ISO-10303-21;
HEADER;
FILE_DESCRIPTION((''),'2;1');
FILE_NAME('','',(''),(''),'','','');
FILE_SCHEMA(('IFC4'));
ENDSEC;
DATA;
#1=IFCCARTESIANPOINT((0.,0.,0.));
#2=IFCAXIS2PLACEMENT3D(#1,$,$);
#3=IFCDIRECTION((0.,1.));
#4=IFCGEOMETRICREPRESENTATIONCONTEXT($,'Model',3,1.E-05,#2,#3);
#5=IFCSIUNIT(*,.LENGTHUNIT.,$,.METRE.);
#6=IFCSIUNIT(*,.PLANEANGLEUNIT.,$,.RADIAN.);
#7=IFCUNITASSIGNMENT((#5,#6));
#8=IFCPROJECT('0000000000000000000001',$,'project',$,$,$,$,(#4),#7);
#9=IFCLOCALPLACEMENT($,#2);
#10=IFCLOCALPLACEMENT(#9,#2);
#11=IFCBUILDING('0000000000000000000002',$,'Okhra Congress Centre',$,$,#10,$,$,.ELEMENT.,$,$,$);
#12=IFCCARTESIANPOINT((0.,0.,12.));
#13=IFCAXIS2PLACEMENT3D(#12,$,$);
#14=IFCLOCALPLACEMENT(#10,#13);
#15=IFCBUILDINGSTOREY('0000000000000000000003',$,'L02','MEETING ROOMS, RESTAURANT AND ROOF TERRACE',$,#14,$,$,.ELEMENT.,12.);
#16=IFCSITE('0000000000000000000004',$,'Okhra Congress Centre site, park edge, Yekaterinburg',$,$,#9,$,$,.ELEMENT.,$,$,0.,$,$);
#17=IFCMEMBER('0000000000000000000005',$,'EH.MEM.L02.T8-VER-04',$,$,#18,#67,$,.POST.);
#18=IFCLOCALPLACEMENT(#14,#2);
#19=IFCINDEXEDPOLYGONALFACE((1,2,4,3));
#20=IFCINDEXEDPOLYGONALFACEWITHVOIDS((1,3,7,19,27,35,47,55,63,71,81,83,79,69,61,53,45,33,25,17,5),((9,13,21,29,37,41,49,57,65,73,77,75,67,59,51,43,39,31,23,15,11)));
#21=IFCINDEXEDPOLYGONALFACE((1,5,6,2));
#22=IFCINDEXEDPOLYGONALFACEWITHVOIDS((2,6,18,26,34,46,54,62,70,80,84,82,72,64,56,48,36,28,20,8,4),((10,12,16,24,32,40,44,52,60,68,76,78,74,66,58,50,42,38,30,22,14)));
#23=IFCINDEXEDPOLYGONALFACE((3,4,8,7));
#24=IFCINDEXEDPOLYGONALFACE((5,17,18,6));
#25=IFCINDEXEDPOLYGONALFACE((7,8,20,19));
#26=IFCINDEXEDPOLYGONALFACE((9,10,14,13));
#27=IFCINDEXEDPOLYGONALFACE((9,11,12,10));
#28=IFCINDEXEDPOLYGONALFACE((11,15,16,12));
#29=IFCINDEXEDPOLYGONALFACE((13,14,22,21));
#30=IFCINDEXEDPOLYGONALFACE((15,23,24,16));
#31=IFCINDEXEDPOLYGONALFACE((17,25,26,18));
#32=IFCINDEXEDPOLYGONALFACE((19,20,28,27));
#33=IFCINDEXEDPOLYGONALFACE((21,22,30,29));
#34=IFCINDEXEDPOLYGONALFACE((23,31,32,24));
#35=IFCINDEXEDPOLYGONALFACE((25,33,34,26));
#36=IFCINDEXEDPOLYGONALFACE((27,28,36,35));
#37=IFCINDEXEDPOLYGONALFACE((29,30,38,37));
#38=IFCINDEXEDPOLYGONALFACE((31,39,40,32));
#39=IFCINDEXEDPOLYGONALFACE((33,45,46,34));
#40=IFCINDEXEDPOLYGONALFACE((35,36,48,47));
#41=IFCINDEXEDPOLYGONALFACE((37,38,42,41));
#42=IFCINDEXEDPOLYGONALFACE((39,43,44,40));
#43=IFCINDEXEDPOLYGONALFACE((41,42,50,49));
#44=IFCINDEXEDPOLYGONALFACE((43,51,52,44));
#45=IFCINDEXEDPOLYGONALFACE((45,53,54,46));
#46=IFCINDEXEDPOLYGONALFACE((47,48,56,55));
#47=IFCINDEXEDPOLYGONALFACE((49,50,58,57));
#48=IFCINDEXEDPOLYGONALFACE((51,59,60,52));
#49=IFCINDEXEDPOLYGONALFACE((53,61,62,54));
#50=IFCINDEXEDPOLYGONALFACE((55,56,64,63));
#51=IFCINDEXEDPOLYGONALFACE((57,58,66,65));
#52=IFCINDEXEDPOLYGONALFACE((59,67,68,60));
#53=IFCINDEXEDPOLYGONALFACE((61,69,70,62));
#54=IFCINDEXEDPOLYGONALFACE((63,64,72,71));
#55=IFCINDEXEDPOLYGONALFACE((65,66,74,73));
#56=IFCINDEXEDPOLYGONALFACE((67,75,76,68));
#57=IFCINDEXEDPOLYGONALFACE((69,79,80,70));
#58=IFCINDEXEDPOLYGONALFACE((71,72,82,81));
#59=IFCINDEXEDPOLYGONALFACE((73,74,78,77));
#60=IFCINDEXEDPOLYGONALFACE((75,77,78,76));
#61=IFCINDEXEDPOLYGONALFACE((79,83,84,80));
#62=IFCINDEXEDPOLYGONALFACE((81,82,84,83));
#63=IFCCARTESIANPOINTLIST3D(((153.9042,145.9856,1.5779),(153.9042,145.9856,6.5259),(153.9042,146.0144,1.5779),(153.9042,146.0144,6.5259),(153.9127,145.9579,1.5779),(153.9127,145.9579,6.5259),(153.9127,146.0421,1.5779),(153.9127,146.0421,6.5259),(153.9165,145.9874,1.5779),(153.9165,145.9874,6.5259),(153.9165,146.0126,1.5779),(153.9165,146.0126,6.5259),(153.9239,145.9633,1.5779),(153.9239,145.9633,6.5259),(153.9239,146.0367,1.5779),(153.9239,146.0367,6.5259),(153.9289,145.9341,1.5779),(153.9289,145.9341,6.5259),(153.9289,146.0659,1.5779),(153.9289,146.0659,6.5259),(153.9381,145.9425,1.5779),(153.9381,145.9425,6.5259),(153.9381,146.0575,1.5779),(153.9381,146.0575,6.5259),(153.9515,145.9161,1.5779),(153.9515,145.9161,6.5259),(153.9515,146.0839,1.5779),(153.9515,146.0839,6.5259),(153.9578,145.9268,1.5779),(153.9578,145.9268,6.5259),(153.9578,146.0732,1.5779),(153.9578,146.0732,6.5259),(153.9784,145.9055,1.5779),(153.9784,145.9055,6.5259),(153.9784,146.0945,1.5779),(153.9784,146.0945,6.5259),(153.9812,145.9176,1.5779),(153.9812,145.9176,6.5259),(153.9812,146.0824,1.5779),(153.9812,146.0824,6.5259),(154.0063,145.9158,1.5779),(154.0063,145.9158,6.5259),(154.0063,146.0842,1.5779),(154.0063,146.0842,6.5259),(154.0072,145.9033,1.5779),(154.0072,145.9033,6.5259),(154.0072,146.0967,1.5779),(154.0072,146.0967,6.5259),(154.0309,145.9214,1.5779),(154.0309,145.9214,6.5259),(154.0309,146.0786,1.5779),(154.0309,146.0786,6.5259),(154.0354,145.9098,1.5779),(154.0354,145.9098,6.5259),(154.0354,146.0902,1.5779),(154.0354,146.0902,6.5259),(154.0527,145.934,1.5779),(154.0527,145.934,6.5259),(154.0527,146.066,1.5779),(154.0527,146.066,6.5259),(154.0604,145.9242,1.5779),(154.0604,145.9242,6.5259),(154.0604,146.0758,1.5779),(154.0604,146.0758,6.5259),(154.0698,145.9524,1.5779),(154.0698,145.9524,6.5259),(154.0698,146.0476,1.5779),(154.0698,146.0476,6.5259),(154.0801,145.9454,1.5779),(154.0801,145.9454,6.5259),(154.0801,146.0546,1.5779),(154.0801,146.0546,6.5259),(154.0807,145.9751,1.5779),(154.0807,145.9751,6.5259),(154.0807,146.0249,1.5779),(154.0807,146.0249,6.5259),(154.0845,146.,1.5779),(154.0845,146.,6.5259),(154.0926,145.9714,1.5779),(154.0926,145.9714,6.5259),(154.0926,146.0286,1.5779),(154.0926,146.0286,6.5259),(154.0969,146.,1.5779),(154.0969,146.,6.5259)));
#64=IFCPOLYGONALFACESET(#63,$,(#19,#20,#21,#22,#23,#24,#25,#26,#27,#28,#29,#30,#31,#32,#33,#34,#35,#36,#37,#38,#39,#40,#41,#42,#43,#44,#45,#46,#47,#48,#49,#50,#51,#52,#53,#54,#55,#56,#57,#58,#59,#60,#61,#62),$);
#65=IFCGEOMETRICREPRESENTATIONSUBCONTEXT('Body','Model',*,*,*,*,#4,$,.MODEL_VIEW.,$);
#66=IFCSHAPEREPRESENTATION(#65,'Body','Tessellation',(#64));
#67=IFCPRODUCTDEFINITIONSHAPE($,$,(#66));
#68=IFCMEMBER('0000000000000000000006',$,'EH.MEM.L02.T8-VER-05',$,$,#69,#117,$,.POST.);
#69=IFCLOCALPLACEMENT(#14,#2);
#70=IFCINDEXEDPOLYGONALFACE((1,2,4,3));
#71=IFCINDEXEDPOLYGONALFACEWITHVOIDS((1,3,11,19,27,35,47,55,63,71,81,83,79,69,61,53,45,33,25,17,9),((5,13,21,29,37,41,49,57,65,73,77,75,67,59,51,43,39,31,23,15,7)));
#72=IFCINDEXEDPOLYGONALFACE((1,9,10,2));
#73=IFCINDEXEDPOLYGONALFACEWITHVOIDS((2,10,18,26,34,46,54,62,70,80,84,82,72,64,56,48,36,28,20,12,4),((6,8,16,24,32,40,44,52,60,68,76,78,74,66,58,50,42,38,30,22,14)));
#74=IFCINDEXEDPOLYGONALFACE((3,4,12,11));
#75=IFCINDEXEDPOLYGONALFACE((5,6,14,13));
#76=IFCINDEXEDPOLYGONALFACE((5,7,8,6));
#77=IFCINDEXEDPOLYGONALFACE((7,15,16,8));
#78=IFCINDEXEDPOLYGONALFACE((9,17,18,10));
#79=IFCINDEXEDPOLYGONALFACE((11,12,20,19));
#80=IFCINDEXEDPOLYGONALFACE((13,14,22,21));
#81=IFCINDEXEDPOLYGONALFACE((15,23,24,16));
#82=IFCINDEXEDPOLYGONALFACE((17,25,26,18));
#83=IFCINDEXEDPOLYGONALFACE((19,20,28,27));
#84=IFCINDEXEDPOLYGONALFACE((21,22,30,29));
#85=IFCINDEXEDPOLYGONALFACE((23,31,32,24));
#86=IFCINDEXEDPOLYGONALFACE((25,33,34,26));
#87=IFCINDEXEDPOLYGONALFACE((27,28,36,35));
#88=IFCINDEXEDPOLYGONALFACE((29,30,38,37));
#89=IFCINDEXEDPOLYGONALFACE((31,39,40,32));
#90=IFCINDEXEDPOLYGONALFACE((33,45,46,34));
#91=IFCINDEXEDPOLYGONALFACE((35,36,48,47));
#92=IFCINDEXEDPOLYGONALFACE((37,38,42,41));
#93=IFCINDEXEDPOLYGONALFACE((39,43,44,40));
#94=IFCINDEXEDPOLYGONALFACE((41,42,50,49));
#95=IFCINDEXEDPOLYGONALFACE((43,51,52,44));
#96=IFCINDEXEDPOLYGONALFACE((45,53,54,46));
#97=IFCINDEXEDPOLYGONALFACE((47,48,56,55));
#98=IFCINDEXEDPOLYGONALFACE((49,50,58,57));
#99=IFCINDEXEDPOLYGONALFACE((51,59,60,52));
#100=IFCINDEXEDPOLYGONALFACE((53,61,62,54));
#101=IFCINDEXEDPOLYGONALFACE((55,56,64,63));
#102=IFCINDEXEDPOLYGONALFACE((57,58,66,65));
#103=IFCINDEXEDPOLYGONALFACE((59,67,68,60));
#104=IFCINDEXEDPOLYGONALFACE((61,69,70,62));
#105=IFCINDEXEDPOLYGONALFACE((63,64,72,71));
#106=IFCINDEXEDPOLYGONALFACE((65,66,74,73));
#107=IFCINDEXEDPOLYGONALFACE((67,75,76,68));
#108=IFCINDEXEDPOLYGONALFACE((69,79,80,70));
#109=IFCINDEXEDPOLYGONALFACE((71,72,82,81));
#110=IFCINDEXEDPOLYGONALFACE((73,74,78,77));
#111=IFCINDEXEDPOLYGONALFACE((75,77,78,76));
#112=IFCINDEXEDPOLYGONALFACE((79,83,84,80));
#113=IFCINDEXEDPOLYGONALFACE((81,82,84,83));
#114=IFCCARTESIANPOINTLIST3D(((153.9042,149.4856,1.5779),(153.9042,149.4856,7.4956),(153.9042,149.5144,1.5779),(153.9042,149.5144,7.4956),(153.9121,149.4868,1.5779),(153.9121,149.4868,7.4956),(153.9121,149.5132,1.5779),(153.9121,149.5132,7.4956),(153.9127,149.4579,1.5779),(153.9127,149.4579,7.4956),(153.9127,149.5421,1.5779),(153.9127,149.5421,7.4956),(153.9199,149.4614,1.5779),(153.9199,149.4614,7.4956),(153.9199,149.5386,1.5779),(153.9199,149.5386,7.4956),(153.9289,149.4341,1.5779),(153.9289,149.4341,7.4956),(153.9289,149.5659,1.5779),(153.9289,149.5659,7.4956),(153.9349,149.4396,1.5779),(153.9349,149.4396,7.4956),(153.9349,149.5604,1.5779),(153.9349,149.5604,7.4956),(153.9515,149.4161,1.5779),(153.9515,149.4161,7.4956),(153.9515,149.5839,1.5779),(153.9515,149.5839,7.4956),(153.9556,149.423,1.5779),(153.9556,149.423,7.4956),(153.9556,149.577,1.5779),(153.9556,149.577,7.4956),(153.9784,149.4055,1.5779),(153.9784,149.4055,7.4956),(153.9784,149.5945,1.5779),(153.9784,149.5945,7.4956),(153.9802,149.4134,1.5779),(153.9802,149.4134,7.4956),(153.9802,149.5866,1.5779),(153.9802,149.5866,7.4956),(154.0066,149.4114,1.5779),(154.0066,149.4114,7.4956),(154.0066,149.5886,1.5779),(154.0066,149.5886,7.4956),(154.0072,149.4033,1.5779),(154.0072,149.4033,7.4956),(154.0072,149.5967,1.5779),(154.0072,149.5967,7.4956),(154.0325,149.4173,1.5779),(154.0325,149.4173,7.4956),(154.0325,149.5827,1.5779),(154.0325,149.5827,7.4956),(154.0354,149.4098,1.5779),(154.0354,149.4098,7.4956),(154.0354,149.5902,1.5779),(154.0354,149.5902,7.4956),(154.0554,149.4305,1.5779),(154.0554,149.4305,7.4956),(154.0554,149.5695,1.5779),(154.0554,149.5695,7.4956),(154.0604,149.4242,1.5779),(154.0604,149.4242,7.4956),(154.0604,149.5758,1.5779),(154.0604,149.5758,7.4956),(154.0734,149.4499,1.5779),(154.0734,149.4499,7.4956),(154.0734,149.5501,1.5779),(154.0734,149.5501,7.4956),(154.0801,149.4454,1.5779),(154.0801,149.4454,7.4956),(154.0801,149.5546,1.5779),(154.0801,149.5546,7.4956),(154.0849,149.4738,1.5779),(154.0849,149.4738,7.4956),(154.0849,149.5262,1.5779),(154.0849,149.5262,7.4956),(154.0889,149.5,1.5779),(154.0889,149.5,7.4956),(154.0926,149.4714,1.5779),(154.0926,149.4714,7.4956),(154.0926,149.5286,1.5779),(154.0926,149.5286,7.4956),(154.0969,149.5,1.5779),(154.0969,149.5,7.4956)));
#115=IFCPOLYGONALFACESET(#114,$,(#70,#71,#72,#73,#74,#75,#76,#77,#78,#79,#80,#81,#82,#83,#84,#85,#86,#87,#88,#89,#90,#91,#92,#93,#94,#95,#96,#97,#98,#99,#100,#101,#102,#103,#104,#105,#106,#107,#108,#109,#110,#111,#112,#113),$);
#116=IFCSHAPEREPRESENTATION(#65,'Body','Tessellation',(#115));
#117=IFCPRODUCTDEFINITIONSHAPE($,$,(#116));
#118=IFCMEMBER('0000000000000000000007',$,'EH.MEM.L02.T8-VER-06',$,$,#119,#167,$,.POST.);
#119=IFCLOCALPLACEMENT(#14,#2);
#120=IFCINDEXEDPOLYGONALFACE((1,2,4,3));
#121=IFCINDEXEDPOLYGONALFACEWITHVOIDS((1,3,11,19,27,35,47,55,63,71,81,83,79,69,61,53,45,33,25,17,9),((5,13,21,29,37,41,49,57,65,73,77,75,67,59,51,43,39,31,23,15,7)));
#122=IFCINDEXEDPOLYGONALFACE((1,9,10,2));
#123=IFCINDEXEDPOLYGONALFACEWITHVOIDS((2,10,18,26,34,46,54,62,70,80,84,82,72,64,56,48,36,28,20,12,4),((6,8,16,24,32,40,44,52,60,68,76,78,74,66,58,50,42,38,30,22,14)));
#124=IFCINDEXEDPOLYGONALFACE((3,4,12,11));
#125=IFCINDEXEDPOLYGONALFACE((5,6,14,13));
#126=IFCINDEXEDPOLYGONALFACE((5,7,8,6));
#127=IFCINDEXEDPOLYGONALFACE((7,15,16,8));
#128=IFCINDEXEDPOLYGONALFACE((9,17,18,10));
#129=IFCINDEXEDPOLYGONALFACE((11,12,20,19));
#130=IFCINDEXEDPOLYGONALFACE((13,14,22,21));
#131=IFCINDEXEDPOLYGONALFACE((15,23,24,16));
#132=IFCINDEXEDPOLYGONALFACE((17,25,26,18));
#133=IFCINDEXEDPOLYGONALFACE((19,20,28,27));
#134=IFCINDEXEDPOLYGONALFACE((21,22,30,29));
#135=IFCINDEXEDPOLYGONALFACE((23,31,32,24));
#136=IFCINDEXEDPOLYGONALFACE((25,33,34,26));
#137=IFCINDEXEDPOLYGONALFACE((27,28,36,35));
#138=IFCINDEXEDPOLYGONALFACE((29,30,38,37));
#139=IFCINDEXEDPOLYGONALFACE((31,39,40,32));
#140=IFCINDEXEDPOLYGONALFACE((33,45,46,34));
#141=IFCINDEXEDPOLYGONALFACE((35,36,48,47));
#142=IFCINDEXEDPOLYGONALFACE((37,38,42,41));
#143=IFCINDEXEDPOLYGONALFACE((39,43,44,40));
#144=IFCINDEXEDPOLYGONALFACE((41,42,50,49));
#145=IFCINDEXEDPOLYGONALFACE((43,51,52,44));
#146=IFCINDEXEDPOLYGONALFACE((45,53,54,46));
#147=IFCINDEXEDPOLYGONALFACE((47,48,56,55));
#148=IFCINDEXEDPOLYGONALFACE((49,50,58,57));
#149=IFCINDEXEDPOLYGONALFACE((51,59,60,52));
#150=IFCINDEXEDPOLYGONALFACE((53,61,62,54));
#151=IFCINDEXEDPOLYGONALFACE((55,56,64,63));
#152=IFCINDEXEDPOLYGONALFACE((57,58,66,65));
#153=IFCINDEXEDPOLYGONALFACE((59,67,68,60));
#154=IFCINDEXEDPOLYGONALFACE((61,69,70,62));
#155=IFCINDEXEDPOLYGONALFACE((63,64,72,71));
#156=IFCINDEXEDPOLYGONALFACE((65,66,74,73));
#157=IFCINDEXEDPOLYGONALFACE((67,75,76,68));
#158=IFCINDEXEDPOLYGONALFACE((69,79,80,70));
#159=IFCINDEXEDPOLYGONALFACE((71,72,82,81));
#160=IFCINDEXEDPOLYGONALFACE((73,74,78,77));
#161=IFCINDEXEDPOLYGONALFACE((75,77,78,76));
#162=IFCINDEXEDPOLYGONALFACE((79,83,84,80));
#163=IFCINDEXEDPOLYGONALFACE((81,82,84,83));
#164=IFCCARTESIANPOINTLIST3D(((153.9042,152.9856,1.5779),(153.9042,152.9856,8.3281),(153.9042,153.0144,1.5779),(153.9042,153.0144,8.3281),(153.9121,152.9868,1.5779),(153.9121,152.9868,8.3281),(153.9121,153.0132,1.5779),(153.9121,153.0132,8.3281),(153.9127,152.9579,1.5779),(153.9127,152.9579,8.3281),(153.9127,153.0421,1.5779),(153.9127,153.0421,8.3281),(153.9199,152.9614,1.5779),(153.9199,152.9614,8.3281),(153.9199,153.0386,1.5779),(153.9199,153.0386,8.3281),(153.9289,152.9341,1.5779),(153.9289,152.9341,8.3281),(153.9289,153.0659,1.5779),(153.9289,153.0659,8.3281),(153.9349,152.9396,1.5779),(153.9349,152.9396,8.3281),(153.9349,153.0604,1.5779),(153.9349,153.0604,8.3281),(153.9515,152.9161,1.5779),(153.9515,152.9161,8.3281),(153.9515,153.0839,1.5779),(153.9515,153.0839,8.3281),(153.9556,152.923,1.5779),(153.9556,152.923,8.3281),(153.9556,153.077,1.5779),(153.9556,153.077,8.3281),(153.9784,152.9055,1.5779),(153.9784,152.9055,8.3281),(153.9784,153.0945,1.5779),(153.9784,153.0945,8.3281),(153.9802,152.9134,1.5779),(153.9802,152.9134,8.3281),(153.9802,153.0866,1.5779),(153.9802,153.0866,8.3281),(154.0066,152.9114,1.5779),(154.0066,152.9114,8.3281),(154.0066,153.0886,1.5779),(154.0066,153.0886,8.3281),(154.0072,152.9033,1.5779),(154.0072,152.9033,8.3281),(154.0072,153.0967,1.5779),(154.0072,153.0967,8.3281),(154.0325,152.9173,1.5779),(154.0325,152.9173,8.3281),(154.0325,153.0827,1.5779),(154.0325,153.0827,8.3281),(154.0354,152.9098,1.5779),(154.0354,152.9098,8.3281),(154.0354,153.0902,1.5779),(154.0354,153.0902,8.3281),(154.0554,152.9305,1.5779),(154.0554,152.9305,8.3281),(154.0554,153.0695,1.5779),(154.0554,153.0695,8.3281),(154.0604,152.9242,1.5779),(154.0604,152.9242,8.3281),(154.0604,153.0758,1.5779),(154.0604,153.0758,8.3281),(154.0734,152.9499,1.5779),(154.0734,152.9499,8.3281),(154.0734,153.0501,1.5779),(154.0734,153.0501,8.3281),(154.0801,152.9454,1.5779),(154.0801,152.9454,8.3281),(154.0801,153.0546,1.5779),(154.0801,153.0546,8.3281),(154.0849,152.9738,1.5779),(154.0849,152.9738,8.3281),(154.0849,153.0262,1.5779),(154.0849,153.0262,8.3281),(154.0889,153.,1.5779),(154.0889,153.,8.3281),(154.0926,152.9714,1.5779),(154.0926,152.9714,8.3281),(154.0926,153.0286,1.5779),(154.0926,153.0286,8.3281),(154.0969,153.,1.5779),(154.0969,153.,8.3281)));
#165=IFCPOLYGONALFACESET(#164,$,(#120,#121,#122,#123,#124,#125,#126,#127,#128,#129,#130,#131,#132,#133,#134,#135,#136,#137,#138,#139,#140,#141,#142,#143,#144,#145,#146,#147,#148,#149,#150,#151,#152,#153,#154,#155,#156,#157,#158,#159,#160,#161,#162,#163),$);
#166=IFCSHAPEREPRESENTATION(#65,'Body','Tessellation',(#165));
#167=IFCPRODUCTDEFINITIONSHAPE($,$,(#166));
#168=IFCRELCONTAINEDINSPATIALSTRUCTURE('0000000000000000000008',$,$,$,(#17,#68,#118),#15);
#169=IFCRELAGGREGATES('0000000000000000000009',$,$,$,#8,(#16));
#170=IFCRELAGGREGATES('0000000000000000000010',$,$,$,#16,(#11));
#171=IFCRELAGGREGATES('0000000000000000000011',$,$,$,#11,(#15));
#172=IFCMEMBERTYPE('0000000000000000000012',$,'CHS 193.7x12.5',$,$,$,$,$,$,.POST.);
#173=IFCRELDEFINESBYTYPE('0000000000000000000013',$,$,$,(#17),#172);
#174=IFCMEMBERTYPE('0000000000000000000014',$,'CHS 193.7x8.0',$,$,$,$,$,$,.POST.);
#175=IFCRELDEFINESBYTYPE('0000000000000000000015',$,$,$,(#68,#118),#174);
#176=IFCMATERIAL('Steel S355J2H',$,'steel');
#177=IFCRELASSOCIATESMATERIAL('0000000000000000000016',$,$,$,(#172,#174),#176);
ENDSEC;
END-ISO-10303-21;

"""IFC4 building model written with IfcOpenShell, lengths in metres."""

from ifc_helpers import new_model, si_unit, direction, frame, origin, origin_2d, place, context, subcontext, project, spatial, hollow_circle, extrude, material, material_profile, profile_set, type_object, element, save


model = new_model("IFC4")

# Units and contexts
model_context = context("Model", 3, precision=1e-05, world=origin(), true_north=direction((0.0, 1.0)))
body_context = subcontext(model_context, "Body", "Model", "MODEL_VIEW")
ifc_project = project(units=[si_unit("LENGTHUNIT", "METRE"), si_unit("PLANEANGLEUNIT", "RADIAN")], contexts=[model_context])

# Site, building, storey
site_placement = place(None, origin())
site = spatial("IfcSite", under=ifc_project, at=site_placement, Name="Okhra Congress Centre site, park edge, Yekaterinburg", CompositionType="ELEMENT", RefElevation=0.0)
building_placement = place(site_placement, origin())
building = spatial("IfcBuilding", under=site, at=building_placement, Name="Okhra Congress Centre", CompositionType="ELEMENT")
storey_placement = place(building_placement, frame((0.0, 0.0, 12.0)))
storey = spatial("IfcBuildingStorey", under=building, at=storey_placement, Name="L02", Description="MEETING ROOMS, RESTAURANT AND ROOF TERRACE", CompositionType="ELEMENT", Elevation=12.0)

# Members
ifc_material_1 = material(Name="Steel S355J2H", Category="steel")
ifc_material_profile_1 = material_profile(ifc_material_1, hollow_circle(Radius=0.0969, WallThickness=0.0125, at=origin_2d()), Name="CHS 193.7x12.5")
ifc_profile_set_1 = profile_set([ifc_material_profile_1], Name="Steel S355J2H")
member_type_1 = type_object("IfcMemberType", Name="CHS 193.7x12.5", PredefinedType="POST", material=ifc_profile_set_1)
member_1_placement = place(storey_placement, frame((154.0, 146.0, 1.5779), z_axis=(0.0, 0.0, 1.0), x_axis=(1.0, 0.0, 0.0)))
element("IfcMember", 1, at=member_1_placement, inside=storey, type_object=member_type_1, Name="EH.MEM.L02.T8-VER-04", PredefinedType="POST", context=body_context, shape_type="SweptSolid", body=[
    extrude(hollow_circle(Radius=0.0969, WallThickness=0.0125, at=origin_2d()), origin(), (0.0, 0.0, 1.0), 4.948),
])
ifc_material_profile_2 = material_profile(ifc_material_1, hollow_circle(Radius=0.0969, WallThickness=0.0081, at=origin_2d()), Name="CHS 193.7x8.0")
ifc_profile_set_2 = profile_set([ifc_material_profile_2], Name="Steel S355J2H")
member_type_2 = type_object("IfcMemberType", Name="CHS 193.7x8.0", PredefinedType="POST", material=ifc_profile_set_2)
member_2_placement = place(storey_placement, frame((154.0, 149.5, 1.5779), z_axis=(0.0, 0.0, 1.0), x_axis=(1.0, 0.0, 0.0)))
element("IfcMember", 2, at=member_2_placement, inside=storey, type_object=member_type_2, Name="EH.MEM.L02.T8-VER-05", PredefinedType="POST", context=body_context, shape_type="SweptSolid", body=[
    extrude(hollow_circle(Radius=0.0969, WallThickness=0.0081, at=origin_2d()), origin(), (0.0, 0.0, 1.0), 5.9177),
])
member_3_placement = place(storey_placement, frame((154.0, 153.0, 1.5779), z_axis=(0.0, 0.0, 1.0), x_axis=(1.0, 0.0, 0.0)))
element("IfcMember", 3, at=member_3_placement, inside=storey, type_object=member_type_2, Name="EH.MEM.L02.T8-VER-06", PredefinedType="POST", context=body_context, shape_type="SweptSolid", body=[
    extrude(hollow_circle(Radius=0.0969, WallThickness=0.0081, at=origin_2d()), origin(), (0.0, 0.0, 1.0), 6.7502),
])

save(model, "model.ifc")
